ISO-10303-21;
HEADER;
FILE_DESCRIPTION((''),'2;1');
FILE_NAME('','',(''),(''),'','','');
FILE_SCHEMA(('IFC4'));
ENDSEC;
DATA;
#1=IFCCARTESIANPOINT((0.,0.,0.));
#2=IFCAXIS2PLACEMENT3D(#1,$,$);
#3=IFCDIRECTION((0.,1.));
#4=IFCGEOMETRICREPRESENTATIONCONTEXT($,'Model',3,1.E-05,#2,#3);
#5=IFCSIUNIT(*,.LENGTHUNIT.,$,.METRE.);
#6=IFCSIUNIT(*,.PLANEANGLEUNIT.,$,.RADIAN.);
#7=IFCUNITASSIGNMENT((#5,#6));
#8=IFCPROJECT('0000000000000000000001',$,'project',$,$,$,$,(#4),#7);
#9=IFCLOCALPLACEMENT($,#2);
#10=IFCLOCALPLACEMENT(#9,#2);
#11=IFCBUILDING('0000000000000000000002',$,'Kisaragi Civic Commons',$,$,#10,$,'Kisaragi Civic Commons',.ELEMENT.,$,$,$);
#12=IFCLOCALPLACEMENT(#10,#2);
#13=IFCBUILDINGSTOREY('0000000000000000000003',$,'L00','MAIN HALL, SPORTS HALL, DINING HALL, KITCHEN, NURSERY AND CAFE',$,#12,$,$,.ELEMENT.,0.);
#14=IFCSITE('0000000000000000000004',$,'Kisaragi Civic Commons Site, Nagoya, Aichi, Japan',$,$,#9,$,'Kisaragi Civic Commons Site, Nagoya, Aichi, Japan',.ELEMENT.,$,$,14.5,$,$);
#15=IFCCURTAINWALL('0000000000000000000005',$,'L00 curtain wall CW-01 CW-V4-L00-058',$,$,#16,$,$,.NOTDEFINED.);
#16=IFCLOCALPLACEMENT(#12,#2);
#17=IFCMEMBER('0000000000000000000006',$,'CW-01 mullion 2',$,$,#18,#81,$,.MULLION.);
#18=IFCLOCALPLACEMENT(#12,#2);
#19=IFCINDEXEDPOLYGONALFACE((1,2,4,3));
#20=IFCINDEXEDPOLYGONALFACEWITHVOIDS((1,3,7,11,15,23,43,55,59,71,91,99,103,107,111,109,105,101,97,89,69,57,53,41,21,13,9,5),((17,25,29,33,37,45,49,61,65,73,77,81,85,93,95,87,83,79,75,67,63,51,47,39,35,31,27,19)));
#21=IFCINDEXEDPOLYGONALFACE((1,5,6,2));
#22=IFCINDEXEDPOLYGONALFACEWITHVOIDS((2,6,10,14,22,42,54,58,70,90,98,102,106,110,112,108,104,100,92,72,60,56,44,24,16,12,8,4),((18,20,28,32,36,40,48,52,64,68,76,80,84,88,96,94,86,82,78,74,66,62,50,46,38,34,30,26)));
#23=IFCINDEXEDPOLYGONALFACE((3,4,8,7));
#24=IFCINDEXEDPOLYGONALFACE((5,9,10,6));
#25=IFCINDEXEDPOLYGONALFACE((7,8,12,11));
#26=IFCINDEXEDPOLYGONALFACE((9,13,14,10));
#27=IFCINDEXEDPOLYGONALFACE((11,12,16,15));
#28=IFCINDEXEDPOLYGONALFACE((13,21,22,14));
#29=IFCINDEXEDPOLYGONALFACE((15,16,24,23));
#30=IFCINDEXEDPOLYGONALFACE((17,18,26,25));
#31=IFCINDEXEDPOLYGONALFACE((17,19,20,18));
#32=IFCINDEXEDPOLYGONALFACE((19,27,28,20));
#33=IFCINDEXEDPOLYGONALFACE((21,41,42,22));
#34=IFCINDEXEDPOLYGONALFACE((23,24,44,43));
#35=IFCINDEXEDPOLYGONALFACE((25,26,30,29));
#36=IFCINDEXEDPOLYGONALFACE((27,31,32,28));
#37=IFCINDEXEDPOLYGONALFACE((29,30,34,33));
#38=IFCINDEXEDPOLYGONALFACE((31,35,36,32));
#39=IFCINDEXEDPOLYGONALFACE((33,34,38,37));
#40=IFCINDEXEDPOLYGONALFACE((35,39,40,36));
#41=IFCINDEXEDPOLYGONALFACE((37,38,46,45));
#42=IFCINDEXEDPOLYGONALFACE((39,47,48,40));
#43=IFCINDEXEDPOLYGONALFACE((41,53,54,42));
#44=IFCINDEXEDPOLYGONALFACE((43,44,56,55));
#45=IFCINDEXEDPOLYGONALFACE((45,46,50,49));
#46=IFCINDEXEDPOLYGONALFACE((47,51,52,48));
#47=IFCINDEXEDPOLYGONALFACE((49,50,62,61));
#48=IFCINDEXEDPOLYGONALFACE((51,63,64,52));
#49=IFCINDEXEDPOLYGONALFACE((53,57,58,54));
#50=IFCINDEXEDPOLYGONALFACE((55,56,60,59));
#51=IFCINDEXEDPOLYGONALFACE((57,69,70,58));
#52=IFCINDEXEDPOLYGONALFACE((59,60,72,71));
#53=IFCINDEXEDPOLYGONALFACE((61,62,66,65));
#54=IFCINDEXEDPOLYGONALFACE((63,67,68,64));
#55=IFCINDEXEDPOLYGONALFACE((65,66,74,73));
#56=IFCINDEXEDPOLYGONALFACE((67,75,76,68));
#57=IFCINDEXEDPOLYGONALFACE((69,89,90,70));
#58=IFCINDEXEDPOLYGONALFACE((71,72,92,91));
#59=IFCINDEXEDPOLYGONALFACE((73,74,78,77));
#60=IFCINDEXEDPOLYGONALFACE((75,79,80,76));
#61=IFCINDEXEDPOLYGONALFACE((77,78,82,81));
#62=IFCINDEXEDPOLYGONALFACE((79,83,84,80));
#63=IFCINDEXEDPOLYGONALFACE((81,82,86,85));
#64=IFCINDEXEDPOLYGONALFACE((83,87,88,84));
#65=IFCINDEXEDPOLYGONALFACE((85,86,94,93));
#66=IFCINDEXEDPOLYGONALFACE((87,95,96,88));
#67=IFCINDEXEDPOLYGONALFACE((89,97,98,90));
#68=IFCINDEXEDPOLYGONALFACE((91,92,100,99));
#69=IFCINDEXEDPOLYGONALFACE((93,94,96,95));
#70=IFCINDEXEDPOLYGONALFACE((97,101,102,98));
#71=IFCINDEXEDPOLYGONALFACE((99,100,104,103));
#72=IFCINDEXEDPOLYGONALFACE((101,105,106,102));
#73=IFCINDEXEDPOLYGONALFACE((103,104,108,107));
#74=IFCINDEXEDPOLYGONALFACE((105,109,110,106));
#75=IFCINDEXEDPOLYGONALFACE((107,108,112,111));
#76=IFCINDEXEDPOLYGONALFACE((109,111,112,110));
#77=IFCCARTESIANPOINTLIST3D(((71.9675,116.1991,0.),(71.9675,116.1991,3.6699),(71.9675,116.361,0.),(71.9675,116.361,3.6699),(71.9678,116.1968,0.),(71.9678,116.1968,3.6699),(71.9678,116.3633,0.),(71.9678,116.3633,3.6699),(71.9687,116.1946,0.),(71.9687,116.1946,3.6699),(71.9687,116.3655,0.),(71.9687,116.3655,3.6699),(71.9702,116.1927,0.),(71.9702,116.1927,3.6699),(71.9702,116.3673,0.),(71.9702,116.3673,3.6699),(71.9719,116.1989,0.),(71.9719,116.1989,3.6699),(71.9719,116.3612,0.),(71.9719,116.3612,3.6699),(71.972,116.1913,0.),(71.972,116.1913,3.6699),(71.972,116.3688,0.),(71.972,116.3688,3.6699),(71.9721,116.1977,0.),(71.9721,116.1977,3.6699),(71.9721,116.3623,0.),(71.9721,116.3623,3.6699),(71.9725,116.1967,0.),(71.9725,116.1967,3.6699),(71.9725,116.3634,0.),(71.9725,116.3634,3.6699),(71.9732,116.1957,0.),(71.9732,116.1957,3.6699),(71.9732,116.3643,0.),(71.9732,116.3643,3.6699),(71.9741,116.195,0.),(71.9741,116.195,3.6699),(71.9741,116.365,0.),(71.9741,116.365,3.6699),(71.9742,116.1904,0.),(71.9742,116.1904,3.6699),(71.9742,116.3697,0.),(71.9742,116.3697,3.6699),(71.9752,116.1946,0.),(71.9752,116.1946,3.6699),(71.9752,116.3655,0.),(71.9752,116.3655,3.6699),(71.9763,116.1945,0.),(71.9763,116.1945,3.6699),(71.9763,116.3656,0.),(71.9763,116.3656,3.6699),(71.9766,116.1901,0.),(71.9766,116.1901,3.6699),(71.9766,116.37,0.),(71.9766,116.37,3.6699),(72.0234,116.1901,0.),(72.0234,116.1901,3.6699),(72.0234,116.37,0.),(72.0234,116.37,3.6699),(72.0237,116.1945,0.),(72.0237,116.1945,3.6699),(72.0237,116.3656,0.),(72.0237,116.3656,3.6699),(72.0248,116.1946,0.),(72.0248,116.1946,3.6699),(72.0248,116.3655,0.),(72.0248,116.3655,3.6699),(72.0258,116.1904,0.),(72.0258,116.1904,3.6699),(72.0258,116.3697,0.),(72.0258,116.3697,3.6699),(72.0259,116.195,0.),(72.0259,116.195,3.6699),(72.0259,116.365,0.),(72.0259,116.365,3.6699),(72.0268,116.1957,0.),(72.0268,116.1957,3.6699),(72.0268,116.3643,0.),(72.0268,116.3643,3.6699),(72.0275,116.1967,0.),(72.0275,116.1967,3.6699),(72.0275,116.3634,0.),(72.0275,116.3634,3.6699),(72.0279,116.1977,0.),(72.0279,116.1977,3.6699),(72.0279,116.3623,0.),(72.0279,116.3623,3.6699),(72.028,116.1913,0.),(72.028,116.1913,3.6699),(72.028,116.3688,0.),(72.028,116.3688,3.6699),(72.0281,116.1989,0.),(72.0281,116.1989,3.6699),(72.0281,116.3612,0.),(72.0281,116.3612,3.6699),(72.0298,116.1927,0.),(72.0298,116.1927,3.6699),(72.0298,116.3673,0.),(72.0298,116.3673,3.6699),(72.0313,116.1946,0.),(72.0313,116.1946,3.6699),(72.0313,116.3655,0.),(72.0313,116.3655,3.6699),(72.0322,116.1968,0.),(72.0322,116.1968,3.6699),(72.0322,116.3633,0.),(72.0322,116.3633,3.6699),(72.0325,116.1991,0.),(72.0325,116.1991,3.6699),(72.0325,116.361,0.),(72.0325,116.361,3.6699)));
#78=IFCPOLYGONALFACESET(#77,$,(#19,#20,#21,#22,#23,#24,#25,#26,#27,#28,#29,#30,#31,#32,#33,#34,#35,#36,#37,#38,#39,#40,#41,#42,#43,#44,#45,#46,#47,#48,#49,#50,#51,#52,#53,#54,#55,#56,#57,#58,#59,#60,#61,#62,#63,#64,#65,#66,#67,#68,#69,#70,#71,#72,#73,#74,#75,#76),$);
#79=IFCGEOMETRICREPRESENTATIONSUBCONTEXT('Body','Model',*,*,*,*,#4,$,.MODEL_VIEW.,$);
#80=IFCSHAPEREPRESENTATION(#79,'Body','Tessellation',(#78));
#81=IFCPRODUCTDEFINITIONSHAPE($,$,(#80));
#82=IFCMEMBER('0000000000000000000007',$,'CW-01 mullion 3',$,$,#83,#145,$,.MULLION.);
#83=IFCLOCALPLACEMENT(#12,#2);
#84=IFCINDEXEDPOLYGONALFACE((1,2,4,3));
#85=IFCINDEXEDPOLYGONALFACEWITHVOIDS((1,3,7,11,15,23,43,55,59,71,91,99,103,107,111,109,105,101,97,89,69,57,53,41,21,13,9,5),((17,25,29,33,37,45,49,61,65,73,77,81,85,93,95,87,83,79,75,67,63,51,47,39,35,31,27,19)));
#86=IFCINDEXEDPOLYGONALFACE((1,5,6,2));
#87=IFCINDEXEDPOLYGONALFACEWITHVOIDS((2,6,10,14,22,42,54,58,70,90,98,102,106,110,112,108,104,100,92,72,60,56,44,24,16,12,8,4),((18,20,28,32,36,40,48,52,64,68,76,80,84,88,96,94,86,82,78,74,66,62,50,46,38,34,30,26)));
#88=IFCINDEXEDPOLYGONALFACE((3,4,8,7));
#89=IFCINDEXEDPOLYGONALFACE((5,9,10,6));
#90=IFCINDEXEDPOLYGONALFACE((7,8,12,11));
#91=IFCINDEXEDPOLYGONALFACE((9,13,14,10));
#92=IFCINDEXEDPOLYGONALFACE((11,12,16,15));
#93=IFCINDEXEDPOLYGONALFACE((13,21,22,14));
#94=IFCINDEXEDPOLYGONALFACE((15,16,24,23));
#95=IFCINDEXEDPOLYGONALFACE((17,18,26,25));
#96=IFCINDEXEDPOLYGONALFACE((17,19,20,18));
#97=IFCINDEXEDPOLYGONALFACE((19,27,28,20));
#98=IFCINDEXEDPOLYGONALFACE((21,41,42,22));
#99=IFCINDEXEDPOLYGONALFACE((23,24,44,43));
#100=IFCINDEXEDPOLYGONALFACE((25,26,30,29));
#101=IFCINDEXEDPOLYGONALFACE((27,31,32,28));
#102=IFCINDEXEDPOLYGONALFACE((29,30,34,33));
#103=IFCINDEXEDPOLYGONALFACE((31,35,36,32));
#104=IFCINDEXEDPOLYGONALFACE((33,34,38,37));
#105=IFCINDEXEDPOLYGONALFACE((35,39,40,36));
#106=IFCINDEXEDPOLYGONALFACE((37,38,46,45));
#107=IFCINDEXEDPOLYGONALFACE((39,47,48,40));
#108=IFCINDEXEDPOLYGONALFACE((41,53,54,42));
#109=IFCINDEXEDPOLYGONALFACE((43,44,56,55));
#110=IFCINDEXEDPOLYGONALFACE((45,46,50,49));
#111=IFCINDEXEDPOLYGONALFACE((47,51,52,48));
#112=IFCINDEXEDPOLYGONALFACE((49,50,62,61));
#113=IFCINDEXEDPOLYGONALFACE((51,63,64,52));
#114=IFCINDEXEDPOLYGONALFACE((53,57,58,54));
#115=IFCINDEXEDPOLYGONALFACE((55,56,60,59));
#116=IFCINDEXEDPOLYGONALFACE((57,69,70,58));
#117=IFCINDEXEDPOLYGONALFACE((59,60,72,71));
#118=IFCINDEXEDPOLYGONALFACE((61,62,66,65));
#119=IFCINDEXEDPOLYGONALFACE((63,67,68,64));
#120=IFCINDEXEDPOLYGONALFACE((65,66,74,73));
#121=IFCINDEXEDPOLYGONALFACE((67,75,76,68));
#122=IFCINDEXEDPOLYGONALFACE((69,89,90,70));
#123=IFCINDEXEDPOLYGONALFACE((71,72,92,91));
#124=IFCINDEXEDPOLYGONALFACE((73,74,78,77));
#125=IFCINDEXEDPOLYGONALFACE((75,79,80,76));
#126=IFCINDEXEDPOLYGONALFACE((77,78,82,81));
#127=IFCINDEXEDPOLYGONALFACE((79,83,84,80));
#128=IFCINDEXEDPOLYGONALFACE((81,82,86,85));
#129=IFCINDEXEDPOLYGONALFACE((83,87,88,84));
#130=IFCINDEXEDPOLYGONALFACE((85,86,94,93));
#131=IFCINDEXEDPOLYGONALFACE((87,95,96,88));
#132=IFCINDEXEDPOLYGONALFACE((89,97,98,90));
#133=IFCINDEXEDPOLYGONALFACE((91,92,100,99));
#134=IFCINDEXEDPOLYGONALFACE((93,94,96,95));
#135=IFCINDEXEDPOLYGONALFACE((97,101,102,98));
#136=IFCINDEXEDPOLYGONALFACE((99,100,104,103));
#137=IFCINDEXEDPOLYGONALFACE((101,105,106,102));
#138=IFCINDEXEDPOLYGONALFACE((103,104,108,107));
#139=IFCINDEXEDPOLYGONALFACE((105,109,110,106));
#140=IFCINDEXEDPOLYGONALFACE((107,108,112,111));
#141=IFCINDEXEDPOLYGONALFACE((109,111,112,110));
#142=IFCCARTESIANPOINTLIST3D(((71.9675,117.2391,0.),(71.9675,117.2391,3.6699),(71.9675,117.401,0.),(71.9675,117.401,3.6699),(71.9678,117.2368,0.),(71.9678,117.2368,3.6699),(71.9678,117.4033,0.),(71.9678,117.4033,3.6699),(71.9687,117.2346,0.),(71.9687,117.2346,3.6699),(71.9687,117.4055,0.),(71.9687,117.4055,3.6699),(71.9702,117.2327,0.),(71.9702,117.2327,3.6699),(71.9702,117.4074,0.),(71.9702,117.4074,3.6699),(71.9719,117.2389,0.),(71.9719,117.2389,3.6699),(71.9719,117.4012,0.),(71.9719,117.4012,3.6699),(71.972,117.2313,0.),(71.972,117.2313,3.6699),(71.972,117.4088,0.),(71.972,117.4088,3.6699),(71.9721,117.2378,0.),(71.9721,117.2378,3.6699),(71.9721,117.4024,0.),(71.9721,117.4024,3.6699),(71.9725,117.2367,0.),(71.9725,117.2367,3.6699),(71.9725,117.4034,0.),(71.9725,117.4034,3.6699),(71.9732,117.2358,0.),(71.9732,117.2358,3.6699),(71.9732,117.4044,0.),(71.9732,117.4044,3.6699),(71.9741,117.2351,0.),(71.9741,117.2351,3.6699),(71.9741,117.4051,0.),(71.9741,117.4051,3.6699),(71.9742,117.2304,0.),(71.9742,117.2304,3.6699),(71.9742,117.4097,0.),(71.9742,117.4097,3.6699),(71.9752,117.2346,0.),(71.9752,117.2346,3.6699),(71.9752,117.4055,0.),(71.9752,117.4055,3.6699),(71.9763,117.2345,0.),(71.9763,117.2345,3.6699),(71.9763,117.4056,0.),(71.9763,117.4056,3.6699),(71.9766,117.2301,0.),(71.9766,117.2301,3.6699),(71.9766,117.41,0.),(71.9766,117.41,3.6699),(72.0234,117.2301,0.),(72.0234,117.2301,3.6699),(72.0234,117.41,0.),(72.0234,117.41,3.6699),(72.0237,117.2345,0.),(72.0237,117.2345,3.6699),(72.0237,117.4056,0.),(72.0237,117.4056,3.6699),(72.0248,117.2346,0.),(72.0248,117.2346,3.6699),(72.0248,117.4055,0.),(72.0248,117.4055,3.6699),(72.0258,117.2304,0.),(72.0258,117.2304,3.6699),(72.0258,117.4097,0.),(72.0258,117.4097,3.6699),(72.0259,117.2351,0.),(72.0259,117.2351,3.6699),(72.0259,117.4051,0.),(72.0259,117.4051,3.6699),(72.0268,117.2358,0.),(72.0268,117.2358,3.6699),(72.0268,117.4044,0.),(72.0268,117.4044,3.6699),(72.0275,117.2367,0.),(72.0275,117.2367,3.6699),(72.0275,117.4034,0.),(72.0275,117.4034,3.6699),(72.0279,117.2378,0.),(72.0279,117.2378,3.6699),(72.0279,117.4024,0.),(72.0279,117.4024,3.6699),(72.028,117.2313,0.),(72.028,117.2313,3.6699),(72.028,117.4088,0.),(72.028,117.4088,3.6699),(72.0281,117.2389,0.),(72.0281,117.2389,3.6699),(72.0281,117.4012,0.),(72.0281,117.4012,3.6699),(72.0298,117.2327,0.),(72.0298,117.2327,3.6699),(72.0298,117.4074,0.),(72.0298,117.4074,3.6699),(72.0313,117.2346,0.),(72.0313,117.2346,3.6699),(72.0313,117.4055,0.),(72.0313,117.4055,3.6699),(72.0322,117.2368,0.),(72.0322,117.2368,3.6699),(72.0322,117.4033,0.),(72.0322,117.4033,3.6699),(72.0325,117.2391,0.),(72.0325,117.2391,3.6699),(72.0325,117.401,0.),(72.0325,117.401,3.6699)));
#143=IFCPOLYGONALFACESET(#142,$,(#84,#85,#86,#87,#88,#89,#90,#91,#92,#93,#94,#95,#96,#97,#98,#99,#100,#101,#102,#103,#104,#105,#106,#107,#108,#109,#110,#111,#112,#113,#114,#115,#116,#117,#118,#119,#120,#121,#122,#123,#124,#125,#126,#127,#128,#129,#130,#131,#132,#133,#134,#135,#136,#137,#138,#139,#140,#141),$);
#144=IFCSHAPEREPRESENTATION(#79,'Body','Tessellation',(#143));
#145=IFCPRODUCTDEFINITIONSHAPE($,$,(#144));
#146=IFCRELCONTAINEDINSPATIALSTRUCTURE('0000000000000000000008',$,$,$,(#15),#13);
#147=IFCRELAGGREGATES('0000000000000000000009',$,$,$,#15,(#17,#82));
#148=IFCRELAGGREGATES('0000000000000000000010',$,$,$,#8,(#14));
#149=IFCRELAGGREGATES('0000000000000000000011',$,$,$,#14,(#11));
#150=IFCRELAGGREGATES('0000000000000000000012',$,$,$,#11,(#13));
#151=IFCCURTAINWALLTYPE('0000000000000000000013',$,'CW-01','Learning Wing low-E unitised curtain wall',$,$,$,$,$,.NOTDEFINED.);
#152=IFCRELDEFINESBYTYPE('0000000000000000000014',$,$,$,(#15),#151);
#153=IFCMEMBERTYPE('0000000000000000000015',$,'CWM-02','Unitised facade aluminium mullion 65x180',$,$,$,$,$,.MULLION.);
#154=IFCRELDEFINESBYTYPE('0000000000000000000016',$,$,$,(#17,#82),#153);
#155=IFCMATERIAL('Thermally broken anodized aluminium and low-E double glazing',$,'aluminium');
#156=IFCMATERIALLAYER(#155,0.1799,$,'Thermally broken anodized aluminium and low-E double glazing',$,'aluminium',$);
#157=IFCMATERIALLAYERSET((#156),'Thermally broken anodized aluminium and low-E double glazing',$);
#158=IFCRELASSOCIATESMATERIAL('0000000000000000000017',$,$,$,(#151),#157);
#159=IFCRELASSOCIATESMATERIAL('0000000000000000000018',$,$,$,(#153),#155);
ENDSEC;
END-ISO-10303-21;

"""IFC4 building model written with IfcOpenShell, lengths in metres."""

from ifc_helpers import new_model, si_unit, direction, frame, origin, origin_2d, place, context, subcontext, project, spatial, hollow_rectangle, extrude, material, layer, layer_set, material_profile, profile_set, type_object, element, aggregate, save


model = new_model("IFC4")

# Units and contexts
model_context = context("Model", 3, precision=1e-05, world=origin(), true_north=direction((0.0, 1.0)))
body_context = subcontext(model_context, "Body", "Model", "MODEL_VIEW")
ifc_project = project(units=[si_unit("LENGTHUNIT", "METRE"), si_unit("PLANEANGLEUNIT", "RADIAN")], contexts=[model_context])

# Site, building, storey
site_placement = place(None, origin())
site = spatial("IfcSite", under=ifc_project, at=site_placement, Name="Kisaragi Civic Commons Site, Nagoya, Aichi, Japan", LongName="Kisaragi Civic Commons Site, Nagoya, Aichi, Japan", CompositionType="ELEMENT", RefElevation=14.5)
building_placement = place(site_placement, origin())
building = spatial("IfcBuilding", under=site, at=building_placement, Name="Kisaragi Civic Commons", LongName="Kisaragi Civic Commons", CompositionType="ELEMENT")
storey_placement = place(building_placement, origin())
storey = spatial("IfcBuildingStorey", under=building, at=storey_placement, Name="L00", Description="MAIN HALL, SPORTS HALL, DINING HALL, KITCHEN, NURSERY AND CAFE", CompositionType="ELEMENT", Elevation=0.0)

# Shared definitions
ifc_material_1 = material(Name="Thermally broken anodized aluminium and low-E double glazing", Category="aluminium")
ifc_layer_1 = layer(ifc_material_1, 0.1799, Name="Thermally broken anodized aluminium and low-E double glazing", Category="aluminium")
ifc_layer_set_1 = layer_set([ifc_layer_1], Name="Thermally broken anodized aluminium and low-E double glazing")
curtain_wall_type = type_object("IfcCurtainWallType", Name="CW-01", Description="Learning Wing low-E unitised curtain wall", PredefinedType="NOTDEFINED", material=ifc_layer_set_1)
ifc_material_profile_1 = material_profile(ifc_material_1, hollow_rectangle(XDim=0.0649, YDim=0.1799, WallThickness=0.0044, InnerFilletRadius=0.0044, OuterFilletRadius=0.009, at=origin_2d()), Name="CWM-65x180x4.5", Category="aluminium")
ifc_profile_set_1 = profile_set([ifc_material_profile_1], Name="Thermally broken anodized aluminium and low-E double glazing")
member_type_1 = type_object("IfcMemberType", Name="CWM-02", Description="Unitised facade aluminium mullion 65x180", PredefinedType="MULLION", material=ifc_profile_set_1)

# Curtain wall, members
curtain_wall_1_placement = place(storey_placement, origin())
curtain_wall_1 = element("IfcCurtainWall", 1, at=curtain_wall_1_placement, inside=storey, type_object=curtain_wall_type, Name="L00 curtain wall CW-01 CW-V4-L00-058", PredefinedType="NOTDEFINED")
member_1_placement = place(storey_placement, frame((72.0, 116.28, 0.0), z_axis=(0.0, 0.0, 1.0), x_axis=(-1.0, 0.0, 0.0)))
member_1 = element("IfcMember", 2, at=member_1_placement, type_object=member_type_1, Name="CW-01 mullion 2", PredefinedType="MULLION", context=body_context, shape_type="SweptSolid", body=[
    extrude(hollow_rectangle(XDim=0.0649, YDim=0.1799, WallThickness=0.0044, InnerFilletRadius=0.0044, OuterFilletRadius=0.009, at=origin_2d()), origin(), (0.0, 0.0, 1.0), 3.6699),
])
member_2_placement = place(storey_placement, frame((72.0, 117.3201, 0.0), z_axis=(0.0, 0.0, 1.0), x_axis=(-1.0, 0.0, 0.0)))
member_2 = element("IfcMember", 3, at=member_2_placement, type_object=member_type_1, Name="CW-01 mullion 3", PredefinedType="MULLION", context=body_context, shape_type="SweptSolid", body=[
    extrude(hollow_rectangle(XDim=0.0649, YDim=0.1799, WallThickness=0.0044, InnerFilletRadius=0.0044, OuterFilletRadius=0.009, at=origin_2d()), origin(), (0.0, 0.0, 1.0), 3.6699),
])

aggregate(curtain_wall_1, [member_1, member_2])

save(model, "model.ifc")
